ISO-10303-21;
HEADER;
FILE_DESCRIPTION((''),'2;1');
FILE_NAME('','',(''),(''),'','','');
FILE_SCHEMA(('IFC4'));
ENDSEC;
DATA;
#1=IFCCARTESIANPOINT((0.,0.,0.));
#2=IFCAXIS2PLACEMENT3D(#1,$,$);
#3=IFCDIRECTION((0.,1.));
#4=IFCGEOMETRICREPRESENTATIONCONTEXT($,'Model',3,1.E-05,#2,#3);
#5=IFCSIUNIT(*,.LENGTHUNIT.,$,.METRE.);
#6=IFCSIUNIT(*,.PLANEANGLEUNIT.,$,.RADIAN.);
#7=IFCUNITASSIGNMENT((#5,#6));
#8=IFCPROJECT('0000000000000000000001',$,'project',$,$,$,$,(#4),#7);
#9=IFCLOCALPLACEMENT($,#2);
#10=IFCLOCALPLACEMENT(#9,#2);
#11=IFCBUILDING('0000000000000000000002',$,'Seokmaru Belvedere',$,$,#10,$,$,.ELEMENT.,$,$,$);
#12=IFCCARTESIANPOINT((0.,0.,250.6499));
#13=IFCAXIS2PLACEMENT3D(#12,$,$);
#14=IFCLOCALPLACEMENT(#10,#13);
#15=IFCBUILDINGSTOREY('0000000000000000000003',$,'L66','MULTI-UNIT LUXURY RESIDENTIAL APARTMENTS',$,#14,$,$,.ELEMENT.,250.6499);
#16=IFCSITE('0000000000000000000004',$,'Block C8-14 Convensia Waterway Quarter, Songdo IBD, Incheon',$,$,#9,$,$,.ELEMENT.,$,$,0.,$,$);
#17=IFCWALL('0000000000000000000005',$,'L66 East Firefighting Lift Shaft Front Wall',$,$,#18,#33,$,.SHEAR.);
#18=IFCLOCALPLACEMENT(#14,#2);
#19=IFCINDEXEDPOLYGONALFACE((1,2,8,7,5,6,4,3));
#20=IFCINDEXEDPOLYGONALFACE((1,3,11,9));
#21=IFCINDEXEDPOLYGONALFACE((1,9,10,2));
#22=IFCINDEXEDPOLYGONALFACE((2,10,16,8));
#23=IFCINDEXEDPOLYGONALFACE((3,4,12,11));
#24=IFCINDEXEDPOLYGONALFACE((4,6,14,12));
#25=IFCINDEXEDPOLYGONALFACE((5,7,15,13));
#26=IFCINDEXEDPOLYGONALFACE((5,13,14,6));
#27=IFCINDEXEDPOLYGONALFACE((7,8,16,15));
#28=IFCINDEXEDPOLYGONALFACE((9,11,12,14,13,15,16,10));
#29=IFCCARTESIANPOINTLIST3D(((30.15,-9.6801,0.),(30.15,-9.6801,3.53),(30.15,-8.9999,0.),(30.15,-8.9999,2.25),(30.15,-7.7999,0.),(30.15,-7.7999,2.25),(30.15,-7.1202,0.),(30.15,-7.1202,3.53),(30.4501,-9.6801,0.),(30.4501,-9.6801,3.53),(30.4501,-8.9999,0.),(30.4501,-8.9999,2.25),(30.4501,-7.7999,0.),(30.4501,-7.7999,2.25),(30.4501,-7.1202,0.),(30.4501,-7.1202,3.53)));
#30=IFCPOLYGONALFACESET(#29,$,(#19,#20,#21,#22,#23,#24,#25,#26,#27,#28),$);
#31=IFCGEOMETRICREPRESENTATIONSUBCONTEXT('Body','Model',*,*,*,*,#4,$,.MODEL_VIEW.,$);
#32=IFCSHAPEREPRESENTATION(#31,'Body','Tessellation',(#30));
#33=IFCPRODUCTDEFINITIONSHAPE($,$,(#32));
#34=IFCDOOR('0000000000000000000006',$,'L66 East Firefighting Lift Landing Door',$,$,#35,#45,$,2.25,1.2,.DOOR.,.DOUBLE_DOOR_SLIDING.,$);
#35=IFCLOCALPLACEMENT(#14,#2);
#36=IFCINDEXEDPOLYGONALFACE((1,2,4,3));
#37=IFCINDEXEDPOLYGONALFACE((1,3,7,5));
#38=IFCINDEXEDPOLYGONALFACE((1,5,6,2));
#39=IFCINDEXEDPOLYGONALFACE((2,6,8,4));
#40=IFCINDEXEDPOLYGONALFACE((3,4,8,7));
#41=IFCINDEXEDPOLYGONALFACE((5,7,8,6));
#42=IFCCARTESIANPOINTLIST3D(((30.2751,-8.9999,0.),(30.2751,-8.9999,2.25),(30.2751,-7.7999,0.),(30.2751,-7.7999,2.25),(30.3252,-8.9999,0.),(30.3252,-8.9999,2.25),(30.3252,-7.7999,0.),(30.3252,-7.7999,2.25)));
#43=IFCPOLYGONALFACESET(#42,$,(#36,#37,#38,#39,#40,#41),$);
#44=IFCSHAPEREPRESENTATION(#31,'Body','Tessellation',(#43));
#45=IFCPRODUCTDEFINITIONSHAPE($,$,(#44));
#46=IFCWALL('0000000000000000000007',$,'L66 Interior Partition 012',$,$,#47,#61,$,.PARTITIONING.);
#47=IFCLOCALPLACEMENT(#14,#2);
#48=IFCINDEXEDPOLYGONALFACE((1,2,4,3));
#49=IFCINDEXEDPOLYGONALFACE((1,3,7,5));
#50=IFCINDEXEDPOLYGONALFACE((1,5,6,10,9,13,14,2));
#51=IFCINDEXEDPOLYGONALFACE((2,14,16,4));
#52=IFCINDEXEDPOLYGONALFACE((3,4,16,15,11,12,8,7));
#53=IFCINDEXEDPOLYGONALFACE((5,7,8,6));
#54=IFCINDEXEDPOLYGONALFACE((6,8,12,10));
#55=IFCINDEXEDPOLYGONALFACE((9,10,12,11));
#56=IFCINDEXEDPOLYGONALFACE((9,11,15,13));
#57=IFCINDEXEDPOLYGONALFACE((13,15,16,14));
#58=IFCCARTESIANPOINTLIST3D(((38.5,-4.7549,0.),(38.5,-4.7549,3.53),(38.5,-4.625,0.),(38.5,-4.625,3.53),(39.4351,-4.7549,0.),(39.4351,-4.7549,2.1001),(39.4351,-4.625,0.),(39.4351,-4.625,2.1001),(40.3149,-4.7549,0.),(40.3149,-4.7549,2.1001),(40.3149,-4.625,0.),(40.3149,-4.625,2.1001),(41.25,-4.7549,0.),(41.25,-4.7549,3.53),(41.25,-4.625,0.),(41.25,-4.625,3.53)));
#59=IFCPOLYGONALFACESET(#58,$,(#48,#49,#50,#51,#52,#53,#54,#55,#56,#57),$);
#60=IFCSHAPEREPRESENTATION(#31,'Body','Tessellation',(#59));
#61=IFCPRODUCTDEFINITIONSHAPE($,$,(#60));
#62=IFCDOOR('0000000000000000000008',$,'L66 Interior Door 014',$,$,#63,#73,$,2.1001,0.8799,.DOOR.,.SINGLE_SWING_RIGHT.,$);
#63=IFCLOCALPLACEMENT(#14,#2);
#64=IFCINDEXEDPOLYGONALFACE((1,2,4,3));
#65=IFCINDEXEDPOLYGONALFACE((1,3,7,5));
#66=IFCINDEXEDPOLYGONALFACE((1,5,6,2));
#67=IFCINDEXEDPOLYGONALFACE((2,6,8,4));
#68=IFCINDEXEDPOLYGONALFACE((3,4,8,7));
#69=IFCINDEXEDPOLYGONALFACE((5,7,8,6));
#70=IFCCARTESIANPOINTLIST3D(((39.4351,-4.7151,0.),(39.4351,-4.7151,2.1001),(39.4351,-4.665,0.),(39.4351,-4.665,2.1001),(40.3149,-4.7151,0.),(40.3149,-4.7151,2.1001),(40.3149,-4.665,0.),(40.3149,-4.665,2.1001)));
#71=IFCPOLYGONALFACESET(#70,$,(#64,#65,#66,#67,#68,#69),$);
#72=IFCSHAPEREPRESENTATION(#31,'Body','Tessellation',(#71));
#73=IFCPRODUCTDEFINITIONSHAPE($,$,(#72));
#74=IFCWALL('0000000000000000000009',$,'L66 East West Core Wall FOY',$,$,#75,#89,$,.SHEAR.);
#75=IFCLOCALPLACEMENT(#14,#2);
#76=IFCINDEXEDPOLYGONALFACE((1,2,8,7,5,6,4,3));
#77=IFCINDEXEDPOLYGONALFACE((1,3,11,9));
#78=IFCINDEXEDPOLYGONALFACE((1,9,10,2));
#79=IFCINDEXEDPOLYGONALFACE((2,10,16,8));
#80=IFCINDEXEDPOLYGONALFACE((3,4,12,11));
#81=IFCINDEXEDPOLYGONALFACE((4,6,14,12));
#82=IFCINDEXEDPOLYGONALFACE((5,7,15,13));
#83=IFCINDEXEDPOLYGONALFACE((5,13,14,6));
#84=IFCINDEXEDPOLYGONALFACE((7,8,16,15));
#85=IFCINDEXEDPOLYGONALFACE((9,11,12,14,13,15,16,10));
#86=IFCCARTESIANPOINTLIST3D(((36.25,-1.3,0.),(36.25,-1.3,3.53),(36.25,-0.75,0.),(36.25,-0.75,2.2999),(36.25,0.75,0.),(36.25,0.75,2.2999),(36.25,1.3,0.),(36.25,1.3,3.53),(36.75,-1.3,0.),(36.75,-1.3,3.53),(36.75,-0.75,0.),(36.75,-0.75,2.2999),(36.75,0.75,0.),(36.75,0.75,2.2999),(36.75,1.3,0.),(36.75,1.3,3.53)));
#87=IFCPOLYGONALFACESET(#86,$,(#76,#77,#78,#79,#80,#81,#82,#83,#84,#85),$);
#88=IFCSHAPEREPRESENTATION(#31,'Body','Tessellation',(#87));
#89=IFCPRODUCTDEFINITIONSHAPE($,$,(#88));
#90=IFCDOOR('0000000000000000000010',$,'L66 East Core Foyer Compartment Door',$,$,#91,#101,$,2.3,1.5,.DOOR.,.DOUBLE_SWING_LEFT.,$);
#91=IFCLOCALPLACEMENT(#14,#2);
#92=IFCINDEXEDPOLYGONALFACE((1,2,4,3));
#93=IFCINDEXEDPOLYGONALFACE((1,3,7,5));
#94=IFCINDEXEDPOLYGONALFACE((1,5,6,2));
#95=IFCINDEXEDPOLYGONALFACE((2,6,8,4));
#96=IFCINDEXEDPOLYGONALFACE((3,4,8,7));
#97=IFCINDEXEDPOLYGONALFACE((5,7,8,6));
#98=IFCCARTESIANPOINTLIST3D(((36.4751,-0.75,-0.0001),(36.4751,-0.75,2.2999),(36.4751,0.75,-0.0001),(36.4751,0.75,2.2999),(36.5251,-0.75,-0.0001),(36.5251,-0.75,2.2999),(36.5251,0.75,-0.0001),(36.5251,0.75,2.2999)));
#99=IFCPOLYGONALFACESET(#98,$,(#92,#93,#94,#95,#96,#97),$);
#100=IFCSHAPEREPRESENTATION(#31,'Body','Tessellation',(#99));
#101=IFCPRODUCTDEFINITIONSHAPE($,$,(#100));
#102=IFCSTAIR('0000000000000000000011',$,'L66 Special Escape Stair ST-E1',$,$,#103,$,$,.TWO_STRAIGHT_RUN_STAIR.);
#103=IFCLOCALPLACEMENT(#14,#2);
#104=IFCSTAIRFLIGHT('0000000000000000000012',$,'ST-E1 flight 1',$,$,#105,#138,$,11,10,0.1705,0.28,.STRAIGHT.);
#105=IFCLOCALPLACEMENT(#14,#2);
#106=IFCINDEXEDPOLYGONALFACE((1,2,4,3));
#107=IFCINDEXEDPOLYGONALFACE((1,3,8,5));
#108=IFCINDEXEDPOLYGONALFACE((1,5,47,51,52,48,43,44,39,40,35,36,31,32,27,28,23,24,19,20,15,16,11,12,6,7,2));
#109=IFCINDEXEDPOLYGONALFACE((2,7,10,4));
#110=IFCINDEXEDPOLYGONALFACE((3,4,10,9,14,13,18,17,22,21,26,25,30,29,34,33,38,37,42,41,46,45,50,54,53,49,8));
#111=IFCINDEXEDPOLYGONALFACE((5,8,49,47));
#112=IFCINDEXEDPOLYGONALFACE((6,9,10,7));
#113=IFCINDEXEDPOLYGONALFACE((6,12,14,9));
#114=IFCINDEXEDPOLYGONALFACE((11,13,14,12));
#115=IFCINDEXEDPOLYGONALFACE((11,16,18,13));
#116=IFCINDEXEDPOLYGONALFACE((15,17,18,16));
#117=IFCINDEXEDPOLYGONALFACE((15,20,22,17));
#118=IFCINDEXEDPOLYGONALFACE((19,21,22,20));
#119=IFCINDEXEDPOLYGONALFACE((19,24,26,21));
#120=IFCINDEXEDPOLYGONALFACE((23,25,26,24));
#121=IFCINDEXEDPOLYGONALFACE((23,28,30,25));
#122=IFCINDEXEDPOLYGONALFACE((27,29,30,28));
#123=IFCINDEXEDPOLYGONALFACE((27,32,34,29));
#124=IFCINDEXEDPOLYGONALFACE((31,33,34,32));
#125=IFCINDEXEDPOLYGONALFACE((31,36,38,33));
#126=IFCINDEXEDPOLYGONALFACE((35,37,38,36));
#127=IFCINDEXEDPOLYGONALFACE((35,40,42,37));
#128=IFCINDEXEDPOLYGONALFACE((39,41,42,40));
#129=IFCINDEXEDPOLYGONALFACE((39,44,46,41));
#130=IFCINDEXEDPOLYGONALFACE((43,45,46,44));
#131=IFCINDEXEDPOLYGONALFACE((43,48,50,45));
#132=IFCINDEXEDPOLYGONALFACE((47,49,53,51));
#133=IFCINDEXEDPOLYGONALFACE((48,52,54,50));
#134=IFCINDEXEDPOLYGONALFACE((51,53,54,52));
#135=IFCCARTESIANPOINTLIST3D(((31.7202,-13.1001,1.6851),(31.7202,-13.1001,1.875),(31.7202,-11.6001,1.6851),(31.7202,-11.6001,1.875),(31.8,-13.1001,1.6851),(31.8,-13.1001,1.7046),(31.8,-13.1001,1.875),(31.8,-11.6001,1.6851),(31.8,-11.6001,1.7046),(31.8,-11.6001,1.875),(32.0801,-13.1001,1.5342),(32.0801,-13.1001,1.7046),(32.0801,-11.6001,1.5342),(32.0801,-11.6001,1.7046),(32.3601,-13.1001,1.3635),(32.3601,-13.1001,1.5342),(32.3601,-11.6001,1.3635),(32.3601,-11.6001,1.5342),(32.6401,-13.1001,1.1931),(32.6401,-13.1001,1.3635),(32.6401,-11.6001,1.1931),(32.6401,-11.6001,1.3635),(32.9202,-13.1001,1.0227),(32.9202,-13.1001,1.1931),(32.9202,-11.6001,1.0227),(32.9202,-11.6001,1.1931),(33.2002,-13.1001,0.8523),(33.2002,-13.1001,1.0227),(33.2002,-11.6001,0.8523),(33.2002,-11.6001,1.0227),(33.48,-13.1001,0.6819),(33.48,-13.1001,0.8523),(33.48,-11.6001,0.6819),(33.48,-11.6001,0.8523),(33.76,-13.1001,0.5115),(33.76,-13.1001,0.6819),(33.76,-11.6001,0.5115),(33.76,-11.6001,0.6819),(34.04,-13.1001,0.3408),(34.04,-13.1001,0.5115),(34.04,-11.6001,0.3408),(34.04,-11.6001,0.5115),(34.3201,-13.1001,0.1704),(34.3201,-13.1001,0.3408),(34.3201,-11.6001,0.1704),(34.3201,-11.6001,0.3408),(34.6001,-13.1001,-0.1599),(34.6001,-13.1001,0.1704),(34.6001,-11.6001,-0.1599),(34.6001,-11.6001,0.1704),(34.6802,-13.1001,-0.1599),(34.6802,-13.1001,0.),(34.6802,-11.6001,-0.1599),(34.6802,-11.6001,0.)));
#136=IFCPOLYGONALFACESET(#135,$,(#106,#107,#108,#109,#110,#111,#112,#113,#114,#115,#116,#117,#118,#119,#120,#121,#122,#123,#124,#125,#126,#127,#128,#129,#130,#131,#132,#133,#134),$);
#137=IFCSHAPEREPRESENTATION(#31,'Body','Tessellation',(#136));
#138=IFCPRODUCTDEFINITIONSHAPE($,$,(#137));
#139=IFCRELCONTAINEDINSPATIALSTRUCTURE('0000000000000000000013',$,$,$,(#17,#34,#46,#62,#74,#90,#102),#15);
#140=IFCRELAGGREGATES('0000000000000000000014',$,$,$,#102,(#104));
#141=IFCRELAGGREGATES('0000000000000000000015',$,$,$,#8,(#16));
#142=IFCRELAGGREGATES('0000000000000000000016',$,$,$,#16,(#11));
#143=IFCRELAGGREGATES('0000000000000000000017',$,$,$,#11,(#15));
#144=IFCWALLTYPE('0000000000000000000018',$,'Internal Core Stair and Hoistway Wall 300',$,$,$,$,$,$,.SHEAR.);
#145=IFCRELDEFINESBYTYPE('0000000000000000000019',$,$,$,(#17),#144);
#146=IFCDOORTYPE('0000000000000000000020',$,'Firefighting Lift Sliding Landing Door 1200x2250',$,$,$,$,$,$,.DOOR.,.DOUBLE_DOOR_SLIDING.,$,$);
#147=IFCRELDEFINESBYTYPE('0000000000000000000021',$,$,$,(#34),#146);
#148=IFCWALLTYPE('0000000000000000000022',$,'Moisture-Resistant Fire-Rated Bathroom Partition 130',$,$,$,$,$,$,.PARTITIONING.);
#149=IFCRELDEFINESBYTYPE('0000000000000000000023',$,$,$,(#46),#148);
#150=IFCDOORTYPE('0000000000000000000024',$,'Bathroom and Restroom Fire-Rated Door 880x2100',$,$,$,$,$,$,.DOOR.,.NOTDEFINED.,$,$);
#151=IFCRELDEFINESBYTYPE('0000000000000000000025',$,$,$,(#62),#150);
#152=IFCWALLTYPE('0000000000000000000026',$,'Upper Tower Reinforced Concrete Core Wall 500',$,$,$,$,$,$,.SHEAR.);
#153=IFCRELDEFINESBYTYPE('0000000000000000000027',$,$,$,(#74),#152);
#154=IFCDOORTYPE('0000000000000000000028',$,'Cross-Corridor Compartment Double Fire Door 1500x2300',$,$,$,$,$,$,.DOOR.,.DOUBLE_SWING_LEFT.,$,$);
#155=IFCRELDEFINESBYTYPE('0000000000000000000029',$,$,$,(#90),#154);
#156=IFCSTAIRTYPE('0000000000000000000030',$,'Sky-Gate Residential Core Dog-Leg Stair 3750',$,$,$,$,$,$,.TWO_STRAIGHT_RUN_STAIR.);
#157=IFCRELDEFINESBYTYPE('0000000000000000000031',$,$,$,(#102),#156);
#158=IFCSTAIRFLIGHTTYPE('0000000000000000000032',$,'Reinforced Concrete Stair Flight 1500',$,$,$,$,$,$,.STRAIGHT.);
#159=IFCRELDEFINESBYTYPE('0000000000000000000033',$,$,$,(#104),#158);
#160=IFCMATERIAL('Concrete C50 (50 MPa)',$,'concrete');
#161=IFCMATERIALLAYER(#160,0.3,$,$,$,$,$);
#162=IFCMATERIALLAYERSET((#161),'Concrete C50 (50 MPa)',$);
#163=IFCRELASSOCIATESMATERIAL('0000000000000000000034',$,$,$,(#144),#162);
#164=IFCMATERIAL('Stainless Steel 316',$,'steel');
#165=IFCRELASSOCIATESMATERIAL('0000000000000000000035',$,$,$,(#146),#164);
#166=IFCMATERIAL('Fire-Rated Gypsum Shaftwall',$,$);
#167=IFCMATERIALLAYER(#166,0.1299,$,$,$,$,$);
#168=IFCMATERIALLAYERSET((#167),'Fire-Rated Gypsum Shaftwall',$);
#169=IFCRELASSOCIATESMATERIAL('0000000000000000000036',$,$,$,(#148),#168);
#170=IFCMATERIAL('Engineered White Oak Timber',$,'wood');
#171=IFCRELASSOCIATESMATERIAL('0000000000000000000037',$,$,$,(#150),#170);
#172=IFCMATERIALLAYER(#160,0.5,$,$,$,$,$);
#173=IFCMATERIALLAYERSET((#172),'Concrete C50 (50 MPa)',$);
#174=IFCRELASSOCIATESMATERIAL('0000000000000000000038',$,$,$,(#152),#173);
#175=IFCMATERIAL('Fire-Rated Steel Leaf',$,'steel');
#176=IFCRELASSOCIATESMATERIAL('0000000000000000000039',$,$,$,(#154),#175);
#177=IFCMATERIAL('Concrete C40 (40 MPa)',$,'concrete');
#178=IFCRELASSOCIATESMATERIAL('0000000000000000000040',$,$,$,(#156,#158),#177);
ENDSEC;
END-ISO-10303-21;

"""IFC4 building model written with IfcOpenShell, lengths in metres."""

from ifc_helpers import new_model, si_unit, direction, frame, frame_2d, origin, place, context, subcontext, project, spatial, polyline, rectangle, outline, extrude, source, transform, mapped, material, layer, layer_set, type_object, type_shapes, element, fill, aggregate, save


model = new_model("IFC4")

# Units and contexts
model_context = context("Model", 3, precision=1e-05, world=origin(), true_north=direction((0.0, 1.0)))
body_context = subcontext(model_context, "Body", "Model", "MODEL_VIEW")
ifc_project = project(units=[si_unit("LENGTHUNIT", "METRE"), si_unit("PLANEANGLEUNIT", "RADIAN")], contexts=[model_context])

# Site, building, storey
site_placement = place(None, origin())
site = spatial("IfcSite", under=ifc_project, at=site_placement, Name="Block C8-14 Convensia Waterway Quarter, Songdo IBD, Incheon", CompositionType="ELEMENT", RefElevation=0.0)
building_placement = place(site_placement, origin())
building = spatial("IfcBuilding", under=site, at=building_placement, Name="Seokmaru Belvedere", CompositionType="ELEMENT")
storey_placement = place(building_placement, frame((0.0, 0.0, 250.6499)))
storey = spatial("IfcBuildingStorey", under=building, at=storey_placement, Name="L66", Description="MULTI-UNIT LUXURY RESIDENTIAL APARTMENTS", CompositionType="ELEMENT", Elevation=250.6499)

# Shared definitions
ifc_material_1 = material(Name="Fire-Rated Gypsum Shaftwall")

# Walls, openings, doors
ifc_material_2 = material(Name="Concrete C50 (50 MPa)", Category="concrete")
ifc_layer_1 = layer(ifc_material_2, 0.3)
ifc_layer_set_1 = layer_set([ifc_layer_1], Name="Concrete C50 (50 MPa)")
wall_type_1 = type_object("IfcWallType", Name="Internal Core Stair and Hoistway Wall 300", PredefinedType="SHEAR", material=ifc_layer_set_1)
wall_1_placement = place(storey_placement, frame((30.3, -9.6799, 0.0), z_axis=(0.0, 0.0, 1.0), x_axis=(0.0, 1.0, 0.0)))
wall_1 = element("IfcWall", 1, at=wall_1_placement, inside=storey, type_object=wall_type_1, Name="L66 East Firefighting Lift Shaft Front Wall", PredefinedType="SHEAR", context=body_context, shape_type="SweptSolid", body=[
    extrude(rectangle(XDim=2.5598, YDim=0.3, at=frame_2d((1.2798, 0.0))), origin(), (0.0, 0.0, 1.0), 3.53),
])
opening_1_placement = place(wall_1_placement, frame((0.6799, 0.0, 0.0)))
opening_1 = element("IfcOpeningElement", 2, at=opening_1_placement, cuts=wall_1, PredefinedType="OPENING", context=body_context, shape_type="SweptSolid", body=[
    extrude(rectangle(XDim=1.2, YDim=2.25, at=frame_2d((0.6001, 1.125))), frame((0.0, 0.1602, 0.0), z_axis=(0.0, -1.0, 0.0), x_axis=(1.0, 0.0, 0.0)), (0.0, 0.0, 1.0), 0.3201),
])
ifc_material_3 = material(Name="Stainless Steel 316", Category="steel")
door_type_1 = type_object("IfcDoorType", Name="Firefighting Lift Sliding Landing Door 1200x2250", OperationType="DOUBLE_DOOR_SLIDING", PredefinedType="DOOR", material=ifc_material_3)
shared_shape_1 = source(origin(), body_context, "Body", "SweptSolid", [
    extrude(rectangle(XDim=1.2, YDim=2.25, at=frame_2d((0.6001, 1.125))), frame((0.0, 0.0249, 0.0), z_axis=(0.0, -1.0, 0.0), x_axis=(1.0, 0.0, 0.0)), (0.0, 0.0, 1.0), 0.05),
])
type_shapes(door_type_1, [shared_shape_1])
door_1_placement = place(opening_1_placement, origin())
door_1 = element("IfcDoor", 3, at=door_1_placement, inside=storey, type_object=door_type_1, Name="L66 East Firefighting Lift Landing Door", OperationType="DOUBLE_DOOR_SLIDING", OverallHeight=2.25, OverallWidth=1.2, PredefinedType="DOOR", context=body_context, shape_type="MappedRepresentation", body=[
    mapped(shared_shape_1, transform((0.0, 0.0, 0.0), scale=1.0)),
])
fill(opening_1, door_1)
ifc_layer_2 = layer(ifc_material_1, 0.1299)
ifc_layer_set_2 = layer_set([ifc_layer_2], Name="Fire-Rated Gypsum Shaftwall")
wall_type_2 = type_object("IfcWallType", Name="Moisture-Resistant Fire-Rated Bathroom Partition 130", PredefinedType="PARTITIONING", material=ifc_layer_set_2)
wall_2_placement = place(storey_placement, frame((38.5, -4.6899, 0.0), z_axis=(0.0, 0.0, 1.0), x_axis=(1.0, 0.0, 0.0)))
wall_2 = element("IfcWall", 4, at=wall_2_placement, inside=storey, type_object=wall_type_2, Name="L66 Interior Partition 012", PredefinedType="PARTITIONING", context=body_context, shape_type="SweptSolid", body=[
    extrude(rectangle(XDim=2.75, YDim=0.1299, at=frame_2d((1.375, 0.0))), origin(), (0.0, 0.0, 1.0), 3.53),
])
opening_2_placement = place(wall_2_placement, frame((0.9351, 0.0, 0.0)))
opening_2 = element("IfcOpeningElement", 5, at=opening_2_placement, cuts=wall_2, PredefinedType="OPENING", context=body_context, shape_type="SweptSolid", body=[
    extrude(rectangle(XDim=0.8799, YDim=2.1001, at=frame_2d((0.4399, 1.05))), frame((0.0, 0.075, 0.0), z_axis=(0.0, -1.0, 0.0), x_axis=(1.0, 0.0, 0.0)), (0.0, 0.0, 1.0), 0.1499),
])
ifc_material_4 = material(Name="Engineered White Oak Timber", Category="wood")
door_type_2 = type_object("IfcDoorType", Name="Bathroom and Restroom Fire-Rated Door 880x2100", OperationType="NOTDEFINED", PredefinedType="DOOR", material=ifc_material_4)
shared_shape_2 = source(origin(), body_context, "Body", "SweptSolid", [
    extrude(rectangle(XDim=0.8799, YDim=2.1001, at=frame_2d((0.4399, 1.05))), frame((0.0, 0.0249, 0.0), z_axis=(0.0, -1.0, 0.0), x_axis=(1.0, 0.0, 0.0)), (0.0, 0.0, 1.0), 0.05),
])
type_shapes(door_type_2, [shared_shape_2])
door_2_placement = place(opening_2_placement, origin())
door_2 = element("IfcDoor", 6, at=door_2_placement, inside=storey, type_object=door_type_2, Name="L66 Interior Door 014", OperationType="SINGLE_SWING_RIGHT", OverallHeight=2.1001, OverallWidth=0.8799, PredefinedType="DOOR", context=body_context, shape_type="MappedRepresentation", body=[
    mapped(shared_shape_2, transform((0.0, 0.0, 0.0), scale=1.0)),
])
fill(opening_2, door_2)
ifc_layer_3 = layer(ifc_material_2, 0.5)
ifc_layer_set_3 = layer_set([ifc_layer_3], Name="Concrete C50 (50 MPa)")
wall_type_3 = type_object("IfcWallType", Name="Upper Tower Reinforced Concrete Core Wall 500", PredefinedType="SHEAR", material=ifc_layer_set_3)
wall_3_placement = place(storey_placement, frame((36.5, -1.3, 0.0), z_axis=(0.0, 0.0, 1.0), x_axis=(0.0, 1.0, 0.0)))
wall_3 = element("IfcWall", 7, at=wall_3_placement, inside=storey, type_object=wall_type_3, Name="L66 East West Core Wall FOY", PredefinedType="SHEAR", context=body_context, shape_type="SweptSolid", body=[
    extrude(rectangle(XDim=2.6001, YDim=0.5, at=frame_2d((1.3, 0.0))), origin(), (0.0, 0.0, 1.0), 3.53),
])
opening_3_placement = place(wall_3_placement, frame((0.55, 0.0, 0.0)))
opening_3 = element("IfcOpeningElement", 8, at=opening_3_placement, cuts=wall_3, PredefinedType="OPENING", context=body_context, shape_type="SweptSolid", body=[
    extrude(rectangle(XDim=1.5, YDim=2.3, at=frame_2d((0.75, 1.1499))), frame((0.0, 0.26, 0.0), z_axis=(0.0, -1.0, 0.0), x_axis=(1.0, 0.0, 0.0)), (0.0, 0.0, 1.0), 0.52),
])
ifc_material_5 = material(Name="Fire-Rated Steel Leaf", Category="steel")
door_type_3 = type_object("IfcDoorType", Name="Cross-Corridor Compartment Double Fire Door 1500x2300", OperationType="DOUBLE_SWING_LEFT", PredefinedType="DOOR", material=ifc_material_5)
shared_shape_3 = source(origin(), body_context, "Body", "SweptSolid", [
    extrude(rectangle(XDim=1.5, YDim=2.3, at=frame_2d((0.75, 1.1499))), frame((0.0, 0.0249, 0.0), z_axis=(0.0, -1.0, 0.0), x_axis=(1.0, 0.0, 0.0)), (0.0, 0.0, 1.0), 0.05),
])
type_shapes(door_type_3, [shared_shape_3])
door_3_placement = place(opening_3_placement, origin())
door_3 = element("IfcDoor", 9, at=door_3_placement, inside=storey, type_object=door_type_3, Name="L66 East Core Foyer Compartment Door", OperationType="DOUBLE_SWING_LEFT", OverallHeight=2.3, OverallWidth=1.5, PredefinedType="DOOR", context=body_context, shape_type="MappedRepresentation", body=[
    mapped(shared_shape_3, transform((0.0, 0.0, 0.0), scale=1.0)),
])
fill(opening_3, door_3)

# Stair, stair flight
ifc_material_6 = material(Name="Concrete C40 (40 MPa)", Category="concrete")
stair_type = type_object("IfcStairType", Name="Sky-Gate Residential Core Dog-Leg Stair 3750", PredefinedType="TWO_STRAIGHT_RUN_STAIR", material=ifc_material_6)
stair_placement = place(storey_placement, origin())
stair = element("IfcStair", 10, at=stair_placement, inside=storey, type_object=stair_type, Name="L66 Special Escape Stair ST-E1", PredefinedType="TWO_STRAIGHT_RUN_STAIR")
stair_flight_type = type_object("IfcStairFlightType", Name="Reinforced Concrete Stair Flight 1500", PredefinedType="STRAIGHT", material=ifc_material_6)
stair_flight_1_placement = place(storey_placement, frame((34.6001, -12.3501, 0.0), z_axis=(0.0, 0.0, 1.0), x_axis=(-1.0, 0.0, 0.0)))
stair_flight_1 = element("IfcStairFlight", 11, at=stair_flight_1_placement, type_object=stair_flight_type, Name="ST-E1 flight 1", NumberOfRisers=11, NumberOfTreads=10, PredefinedType="STRAIGHT", RiserHeight=0.1705, TreadLength=0.28, context=body_context, shape_type="SweptSolid", body=[
    extrude(outline(polyline([(-0.0801, 0.0), (0.0, 0.1704), (0.28, 0.1704), (0.28, 0.3408), (0.5601, 0.3408), (0.5601, 0.5115), (0.8401, 0.5115), (0.8401, 0.6819), (1.1201, 0.6819), (1.1201, 0.8523), (1.3999, 0.8523), (1.3999, 1.0227), (1.6799, 1.0227), (1.6799, 1.1931), (1.96, 1.1931), (1.96, 1.3635), (2.24, 1.3635), (2.24, 1.5342), (2.52, 1.5342), (2.52, 1.7046), (2.8, 1.7046), (2.8, 1.875), (2.8799, 1.875), (2.8799, 1.6851), (2.8, 1.6851), (0.0, -0.1599), (-0.0801, -0.1599), (-0.0801, 0.0)])), frame((0.0, 0.75, 0.0), z_axis=(0.0, -1.0, 0.0), x_axis=(1.0, 0.0, 0.0)), (0.0, 0.0, 1.0), 1.5),
])
aggregate(stair, [stair_flight_1])

save(model, "model.ifc")
